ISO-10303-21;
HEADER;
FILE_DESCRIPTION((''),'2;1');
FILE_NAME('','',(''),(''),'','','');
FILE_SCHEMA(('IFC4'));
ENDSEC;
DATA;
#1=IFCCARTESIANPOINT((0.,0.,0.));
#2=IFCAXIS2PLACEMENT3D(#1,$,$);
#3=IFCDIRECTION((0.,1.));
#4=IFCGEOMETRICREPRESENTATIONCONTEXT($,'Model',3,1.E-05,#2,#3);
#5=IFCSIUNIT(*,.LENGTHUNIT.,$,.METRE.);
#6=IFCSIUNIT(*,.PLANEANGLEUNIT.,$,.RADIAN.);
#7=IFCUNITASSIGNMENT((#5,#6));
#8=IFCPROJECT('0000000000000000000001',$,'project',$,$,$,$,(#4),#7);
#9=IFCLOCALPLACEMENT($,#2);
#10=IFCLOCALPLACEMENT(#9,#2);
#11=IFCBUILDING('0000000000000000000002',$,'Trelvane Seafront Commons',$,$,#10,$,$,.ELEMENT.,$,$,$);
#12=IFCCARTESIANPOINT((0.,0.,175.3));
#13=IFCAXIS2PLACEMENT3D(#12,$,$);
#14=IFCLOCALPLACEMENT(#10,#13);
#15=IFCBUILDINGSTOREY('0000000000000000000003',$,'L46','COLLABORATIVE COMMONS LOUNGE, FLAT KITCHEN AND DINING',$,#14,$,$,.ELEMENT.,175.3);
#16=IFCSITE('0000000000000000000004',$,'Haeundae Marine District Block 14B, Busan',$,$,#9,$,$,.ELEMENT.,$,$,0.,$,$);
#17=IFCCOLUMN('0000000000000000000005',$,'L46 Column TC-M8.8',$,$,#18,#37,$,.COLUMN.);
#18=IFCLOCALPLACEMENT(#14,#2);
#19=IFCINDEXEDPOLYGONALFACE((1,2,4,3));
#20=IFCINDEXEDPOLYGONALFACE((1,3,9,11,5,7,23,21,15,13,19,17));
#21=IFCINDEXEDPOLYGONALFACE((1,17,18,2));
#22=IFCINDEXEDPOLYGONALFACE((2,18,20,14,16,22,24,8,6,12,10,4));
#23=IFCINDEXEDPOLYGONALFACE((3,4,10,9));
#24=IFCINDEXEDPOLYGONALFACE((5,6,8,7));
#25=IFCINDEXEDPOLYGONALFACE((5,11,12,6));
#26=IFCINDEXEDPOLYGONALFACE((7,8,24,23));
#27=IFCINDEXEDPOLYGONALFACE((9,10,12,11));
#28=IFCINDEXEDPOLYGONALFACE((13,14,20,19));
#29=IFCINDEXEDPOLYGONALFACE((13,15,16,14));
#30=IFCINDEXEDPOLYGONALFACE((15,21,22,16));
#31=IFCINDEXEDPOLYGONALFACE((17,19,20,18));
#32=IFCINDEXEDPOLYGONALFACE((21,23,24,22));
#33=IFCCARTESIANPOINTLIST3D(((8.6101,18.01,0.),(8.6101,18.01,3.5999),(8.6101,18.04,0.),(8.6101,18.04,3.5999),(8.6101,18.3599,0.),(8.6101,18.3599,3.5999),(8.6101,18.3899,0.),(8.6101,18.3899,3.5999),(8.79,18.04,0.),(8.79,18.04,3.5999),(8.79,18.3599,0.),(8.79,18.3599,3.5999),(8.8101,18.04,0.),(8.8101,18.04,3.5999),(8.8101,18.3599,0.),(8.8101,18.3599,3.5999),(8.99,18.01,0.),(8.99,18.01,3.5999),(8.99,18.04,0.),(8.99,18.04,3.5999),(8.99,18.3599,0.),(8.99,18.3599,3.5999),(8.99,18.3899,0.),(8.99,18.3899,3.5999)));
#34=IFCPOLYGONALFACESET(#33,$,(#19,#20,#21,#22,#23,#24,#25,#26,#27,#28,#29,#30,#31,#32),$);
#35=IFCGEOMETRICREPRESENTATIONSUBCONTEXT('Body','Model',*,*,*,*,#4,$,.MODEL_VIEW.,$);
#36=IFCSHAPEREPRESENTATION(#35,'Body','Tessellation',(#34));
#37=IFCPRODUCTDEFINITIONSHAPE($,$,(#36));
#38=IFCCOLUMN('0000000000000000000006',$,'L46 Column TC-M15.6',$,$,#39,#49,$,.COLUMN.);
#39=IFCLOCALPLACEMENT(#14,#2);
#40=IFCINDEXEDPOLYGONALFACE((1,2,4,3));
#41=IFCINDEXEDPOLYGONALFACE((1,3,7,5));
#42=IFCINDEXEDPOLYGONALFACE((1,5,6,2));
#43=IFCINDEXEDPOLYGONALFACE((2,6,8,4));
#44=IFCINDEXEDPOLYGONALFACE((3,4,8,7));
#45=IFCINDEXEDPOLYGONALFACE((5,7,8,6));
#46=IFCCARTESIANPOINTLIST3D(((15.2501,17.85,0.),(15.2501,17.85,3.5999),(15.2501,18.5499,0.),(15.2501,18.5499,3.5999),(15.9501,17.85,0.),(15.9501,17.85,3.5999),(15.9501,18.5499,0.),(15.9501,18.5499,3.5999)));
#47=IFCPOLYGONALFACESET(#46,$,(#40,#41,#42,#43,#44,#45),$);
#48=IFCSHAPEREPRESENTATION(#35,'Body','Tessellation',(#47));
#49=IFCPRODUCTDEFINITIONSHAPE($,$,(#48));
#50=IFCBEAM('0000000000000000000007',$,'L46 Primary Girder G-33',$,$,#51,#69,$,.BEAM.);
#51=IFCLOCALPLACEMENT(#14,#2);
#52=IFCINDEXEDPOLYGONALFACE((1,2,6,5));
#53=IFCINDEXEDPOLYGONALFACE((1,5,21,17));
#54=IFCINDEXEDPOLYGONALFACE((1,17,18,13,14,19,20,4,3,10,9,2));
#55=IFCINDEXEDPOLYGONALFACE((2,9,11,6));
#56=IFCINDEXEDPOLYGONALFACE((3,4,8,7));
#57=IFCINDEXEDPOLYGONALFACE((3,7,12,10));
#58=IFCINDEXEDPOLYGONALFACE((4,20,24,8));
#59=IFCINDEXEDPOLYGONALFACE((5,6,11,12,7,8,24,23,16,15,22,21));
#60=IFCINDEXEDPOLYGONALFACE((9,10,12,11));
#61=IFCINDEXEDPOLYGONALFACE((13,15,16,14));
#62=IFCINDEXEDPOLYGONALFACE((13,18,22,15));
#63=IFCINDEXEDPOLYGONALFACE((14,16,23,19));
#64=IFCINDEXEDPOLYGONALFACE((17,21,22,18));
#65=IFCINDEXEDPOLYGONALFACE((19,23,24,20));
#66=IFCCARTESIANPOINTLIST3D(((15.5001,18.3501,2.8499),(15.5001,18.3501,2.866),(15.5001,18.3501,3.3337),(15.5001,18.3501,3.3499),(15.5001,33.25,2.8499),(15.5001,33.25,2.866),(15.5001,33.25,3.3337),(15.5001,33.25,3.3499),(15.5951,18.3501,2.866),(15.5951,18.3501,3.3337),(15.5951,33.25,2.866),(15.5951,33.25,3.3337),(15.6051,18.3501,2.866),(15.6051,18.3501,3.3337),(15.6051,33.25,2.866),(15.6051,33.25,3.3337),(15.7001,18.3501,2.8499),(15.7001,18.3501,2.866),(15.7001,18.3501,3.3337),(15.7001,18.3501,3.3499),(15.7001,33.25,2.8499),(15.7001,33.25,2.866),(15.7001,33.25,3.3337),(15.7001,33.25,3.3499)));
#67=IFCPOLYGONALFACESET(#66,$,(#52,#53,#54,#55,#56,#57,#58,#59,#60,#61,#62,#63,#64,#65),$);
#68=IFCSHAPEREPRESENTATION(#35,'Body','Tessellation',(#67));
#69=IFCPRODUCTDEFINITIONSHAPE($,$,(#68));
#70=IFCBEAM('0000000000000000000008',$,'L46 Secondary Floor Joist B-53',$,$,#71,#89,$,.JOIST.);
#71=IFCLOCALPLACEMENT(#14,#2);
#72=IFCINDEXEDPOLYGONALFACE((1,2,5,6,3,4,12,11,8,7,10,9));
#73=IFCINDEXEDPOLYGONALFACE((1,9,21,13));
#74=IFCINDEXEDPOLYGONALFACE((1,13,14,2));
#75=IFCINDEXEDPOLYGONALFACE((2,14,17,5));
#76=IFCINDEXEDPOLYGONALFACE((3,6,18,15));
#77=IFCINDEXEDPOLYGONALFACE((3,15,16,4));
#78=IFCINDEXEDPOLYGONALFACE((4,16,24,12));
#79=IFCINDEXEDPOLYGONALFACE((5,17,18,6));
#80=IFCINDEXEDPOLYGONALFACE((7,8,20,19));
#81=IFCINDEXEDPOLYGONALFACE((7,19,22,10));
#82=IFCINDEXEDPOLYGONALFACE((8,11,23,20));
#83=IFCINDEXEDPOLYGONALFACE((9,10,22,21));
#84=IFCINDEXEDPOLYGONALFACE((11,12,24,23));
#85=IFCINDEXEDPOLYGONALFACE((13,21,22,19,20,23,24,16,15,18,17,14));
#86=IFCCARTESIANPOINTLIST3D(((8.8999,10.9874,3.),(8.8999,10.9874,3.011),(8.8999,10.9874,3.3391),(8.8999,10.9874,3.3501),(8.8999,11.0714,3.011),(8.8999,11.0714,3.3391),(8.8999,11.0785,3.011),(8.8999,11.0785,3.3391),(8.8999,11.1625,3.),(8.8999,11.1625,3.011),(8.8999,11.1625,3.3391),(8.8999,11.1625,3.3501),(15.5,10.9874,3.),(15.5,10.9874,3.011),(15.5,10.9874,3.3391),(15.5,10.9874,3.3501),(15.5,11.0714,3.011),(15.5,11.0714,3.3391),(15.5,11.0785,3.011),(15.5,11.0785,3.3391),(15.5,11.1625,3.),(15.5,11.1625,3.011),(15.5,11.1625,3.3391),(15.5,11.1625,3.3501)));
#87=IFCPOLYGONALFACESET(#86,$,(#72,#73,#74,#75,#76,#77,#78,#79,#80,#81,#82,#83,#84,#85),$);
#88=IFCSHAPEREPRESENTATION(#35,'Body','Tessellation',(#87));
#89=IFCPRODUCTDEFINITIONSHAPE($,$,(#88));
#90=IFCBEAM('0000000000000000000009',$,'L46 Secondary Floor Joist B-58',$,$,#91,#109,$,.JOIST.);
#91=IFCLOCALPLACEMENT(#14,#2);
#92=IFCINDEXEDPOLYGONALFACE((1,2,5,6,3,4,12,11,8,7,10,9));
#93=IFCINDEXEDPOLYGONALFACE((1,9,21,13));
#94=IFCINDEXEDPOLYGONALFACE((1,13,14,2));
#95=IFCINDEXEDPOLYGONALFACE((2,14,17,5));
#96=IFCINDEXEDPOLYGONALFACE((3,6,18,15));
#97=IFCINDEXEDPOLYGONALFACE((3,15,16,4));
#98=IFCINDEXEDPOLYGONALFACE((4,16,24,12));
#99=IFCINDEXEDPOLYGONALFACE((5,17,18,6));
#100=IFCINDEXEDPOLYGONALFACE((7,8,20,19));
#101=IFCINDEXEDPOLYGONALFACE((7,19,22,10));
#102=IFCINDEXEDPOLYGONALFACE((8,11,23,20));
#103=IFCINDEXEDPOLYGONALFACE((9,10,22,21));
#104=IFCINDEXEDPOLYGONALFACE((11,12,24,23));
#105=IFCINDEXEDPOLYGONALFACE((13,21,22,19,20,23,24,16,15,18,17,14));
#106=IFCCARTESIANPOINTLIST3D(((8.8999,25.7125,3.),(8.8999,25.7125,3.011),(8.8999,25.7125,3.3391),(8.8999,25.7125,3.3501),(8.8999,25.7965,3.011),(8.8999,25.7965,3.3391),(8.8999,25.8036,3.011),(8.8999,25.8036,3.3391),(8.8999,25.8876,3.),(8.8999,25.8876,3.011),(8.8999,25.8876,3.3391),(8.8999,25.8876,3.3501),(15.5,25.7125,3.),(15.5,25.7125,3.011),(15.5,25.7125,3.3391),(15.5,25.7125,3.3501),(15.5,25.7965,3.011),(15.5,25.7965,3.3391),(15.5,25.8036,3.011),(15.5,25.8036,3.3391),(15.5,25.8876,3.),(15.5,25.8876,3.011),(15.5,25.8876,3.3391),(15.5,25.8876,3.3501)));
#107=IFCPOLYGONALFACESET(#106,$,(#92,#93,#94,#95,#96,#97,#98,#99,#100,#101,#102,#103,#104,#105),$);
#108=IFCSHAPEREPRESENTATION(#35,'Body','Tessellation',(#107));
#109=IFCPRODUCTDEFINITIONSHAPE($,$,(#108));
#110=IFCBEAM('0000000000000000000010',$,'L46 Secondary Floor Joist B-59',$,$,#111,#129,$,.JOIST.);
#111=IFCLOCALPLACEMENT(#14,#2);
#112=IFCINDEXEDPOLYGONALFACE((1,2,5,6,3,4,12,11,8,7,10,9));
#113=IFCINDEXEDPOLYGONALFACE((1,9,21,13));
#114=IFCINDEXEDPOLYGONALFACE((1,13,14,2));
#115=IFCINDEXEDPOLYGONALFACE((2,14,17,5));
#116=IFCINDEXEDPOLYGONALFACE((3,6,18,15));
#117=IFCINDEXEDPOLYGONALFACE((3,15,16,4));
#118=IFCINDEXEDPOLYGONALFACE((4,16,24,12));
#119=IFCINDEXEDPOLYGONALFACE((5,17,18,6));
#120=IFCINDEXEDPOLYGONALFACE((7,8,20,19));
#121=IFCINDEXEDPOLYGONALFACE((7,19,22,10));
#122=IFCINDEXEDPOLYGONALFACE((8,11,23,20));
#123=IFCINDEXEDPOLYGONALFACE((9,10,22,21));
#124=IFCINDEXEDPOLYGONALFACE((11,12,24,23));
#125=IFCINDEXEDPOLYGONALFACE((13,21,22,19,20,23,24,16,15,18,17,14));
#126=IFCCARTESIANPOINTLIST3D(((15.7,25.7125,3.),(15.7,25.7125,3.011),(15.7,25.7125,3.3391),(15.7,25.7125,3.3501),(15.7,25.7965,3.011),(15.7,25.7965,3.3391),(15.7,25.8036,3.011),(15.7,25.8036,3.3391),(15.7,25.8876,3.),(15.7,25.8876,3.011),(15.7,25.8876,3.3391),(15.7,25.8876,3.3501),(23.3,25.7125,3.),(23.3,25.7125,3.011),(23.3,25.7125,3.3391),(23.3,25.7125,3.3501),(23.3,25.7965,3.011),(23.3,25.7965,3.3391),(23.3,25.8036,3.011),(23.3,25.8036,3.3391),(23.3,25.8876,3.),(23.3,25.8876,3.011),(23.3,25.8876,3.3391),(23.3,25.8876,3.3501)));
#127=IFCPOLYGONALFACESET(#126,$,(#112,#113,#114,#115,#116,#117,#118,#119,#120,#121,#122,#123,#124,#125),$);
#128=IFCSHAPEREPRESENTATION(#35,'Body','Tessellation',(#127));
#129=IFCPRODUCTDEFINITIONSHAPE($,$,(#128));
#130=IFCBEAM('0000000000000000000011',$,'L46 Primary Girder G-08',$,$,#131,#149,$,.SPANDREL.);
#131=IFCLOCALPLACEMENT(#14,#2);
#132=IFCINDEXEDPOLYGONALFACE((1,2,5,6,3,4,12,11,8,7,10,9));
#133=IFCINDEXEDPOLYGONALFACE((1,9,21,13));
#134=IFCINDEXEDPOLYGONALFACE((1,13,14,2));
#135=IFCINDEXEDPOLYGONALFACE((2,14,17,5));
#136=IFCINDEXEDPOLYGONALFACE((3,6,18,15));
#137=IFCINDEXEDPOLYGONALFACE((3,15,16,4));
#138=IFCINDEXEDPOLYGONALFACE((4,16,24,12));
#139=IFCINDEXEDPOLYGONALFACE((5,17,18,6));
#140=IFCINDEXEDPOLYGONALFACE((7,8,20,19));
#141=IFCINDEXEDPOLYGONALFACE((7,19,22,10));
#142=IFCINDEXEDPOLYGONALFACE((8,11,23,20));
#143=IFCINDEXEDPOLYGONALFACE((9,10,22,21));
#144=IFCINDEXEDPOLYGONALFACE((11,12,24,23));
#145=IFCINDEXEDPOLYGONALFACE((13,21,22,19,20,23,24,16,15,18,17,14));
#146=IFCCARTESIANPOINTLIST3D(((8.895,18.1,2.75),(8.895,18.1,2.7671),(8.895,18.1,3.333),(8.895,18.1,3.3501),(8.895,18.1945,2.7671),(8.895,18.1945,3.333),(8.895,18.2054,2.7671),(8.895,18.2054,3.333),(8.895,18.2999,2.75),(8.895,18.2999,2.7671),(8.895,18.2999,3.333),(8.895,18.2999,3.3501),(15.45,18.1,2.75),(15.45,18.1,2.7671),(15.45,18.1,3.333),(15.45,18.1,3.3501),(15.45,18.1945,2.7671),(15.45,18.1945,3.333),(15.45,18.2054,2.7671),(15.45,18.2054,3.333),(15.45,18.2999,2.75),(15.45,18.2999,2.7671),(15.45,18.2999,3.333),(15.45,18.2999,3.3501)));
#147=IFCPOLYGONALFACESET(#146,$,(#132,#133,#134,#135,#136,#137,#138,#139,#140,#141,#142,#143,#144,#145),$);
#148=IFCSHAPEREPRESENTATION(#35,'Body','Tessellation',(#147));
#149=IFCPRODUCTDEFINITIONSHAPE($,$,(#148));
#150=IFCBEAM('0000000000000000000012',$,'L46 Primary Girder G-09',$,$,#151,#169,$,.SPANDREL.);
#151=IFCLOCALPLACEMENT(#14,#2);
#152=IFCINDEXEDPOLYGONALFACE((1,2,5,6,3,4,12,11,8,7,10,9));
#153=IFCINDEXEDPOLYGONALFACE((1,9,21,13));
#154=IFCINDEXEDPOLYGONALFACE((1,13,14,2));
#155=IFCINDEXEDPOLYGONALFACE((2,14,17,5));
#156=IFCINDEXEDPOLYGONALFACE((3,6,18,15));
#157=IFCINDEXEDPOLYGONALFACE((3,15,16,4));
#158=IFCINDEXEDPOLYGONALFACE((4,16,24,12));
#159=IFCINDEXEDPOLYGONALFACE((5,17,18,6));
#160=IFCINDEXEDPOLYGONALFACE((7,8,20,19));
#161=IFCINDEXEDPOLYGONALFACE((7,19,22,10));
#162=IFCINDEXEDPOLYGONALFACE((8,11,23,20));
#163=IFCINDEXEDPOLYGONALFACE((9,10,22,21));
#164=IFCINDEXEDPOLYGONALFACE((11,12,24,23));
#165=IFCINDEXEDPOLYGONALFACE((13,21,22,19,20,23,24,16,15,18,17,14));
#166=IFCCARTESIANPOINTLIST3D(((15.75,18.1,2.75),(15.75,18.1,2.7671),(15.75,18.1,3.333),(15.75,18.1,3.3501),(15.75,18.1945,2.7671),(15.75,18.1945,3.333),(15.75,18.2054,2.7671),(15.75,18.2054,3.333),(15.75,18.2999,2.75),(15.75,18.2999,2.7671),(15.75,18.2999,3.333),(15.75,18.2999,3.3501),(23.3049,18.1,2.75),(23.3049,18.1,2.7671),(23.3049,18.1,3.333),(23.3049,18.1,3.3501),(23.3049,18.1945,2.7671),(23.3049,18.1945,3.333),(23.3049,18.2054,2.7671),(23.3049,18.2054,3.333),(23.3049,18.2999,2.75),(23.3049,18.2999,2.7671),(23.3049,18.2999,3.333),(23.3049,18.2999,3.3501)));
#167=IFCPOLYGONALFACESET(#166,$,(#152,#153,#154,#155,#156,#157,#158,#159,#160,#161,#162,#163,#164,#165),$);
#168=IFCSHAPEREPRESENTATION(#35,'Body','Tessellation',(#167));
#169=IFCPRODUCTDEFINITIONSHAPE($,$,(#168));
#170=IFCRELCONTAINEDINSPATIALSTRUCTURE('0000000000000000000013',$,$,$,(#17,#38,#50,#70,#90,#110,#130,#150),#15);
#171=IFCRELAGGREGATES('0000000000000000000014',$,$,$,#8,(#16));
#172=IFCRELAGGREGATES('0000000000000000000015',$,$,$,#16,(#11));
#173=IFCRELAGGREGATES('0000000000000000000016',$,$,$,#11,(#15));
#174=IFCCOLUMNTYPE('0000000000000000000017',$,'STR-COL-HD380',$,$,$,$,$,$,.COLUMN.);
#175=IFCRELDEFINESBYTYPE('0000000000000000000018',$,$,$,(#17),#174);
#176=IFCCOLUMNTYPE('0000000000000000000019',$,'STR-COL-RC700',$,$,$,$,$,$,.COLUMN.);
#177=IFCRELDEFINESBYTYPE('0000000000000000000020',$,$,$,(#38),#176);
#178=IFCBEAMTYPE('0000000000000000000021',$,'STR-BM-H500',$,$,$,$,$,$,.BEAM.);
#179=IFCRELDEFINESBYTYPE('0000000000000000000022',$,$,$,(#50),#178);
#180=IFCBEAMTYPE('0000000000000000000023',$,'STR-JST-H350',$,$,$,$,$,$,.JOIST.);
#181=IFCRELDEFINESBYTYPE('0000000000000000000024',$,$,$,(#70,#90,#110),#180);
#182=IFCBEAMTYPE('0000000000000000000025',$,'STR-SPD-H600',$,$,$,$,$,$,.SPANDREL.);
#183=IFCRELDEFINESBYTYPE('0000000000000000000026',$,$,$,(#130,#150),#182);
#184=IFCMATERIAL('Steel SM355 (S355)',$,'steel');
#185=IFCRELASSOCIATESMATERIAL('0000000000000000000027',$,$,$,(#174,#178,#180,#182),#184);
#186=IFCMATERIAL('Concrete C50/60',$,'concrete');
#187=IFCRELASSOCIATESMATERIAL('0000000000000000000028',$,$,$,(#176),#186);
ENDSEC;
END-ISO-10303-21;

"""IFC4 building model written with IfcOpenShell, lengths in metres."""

from ifc_helpers import new_model, si_unit, direction, frame, origin, origin_2d, place, context, subcontext, project, spatial, rectangle, i_section, extrude, source, transform, mapped, material, material_profile, profile_set, type_object, element, save


model = new_model("IFC4")

# Units and contexts
model_context = context("Model", 3, precision=1e-05, world=origin(), true_north=direction((0.0, 1.0)))
body_context = subcontext(model_context, "Body", "Model", "MODEL_VIEW")
ifc_project = project(units=[si_unit("LENGTHUNIT", "METRE"), si_unit("PLANEANGLEUNIT", "RADIAN")], contexts=[model_context])

# Site, building, storey
site_placement = place(None, origin())
site = spatial("IfcSite", under=ifc_project, at=site_placement, Name="Haeundae Marine District Block 14B, Busan", CompositionType="ELEMENT", RefElevation=0.0)
building_placement = place(site_placement, origin())
building = spatial("IfcBuilding", under=site, at=building_placement, Name="Trelvane Seafront Commons", CompositionType="ELEMENT")
storey_placement = place(building_placement, frame((0.0, 0.0, 175.3)))
storey = spatial("IfcBuildingStorey", under=building, at=storey_placement, Name="L46", Description="COLLABORATIVE COMMONS LOUNGE, FLAT KITCHEN AND DINING", CompositionType="ELEMENT", Elevation=175.3)

# Columns
ifc_material_1 = material(Name="Steel SM355 (S355)", Category="steel")
ifc_material_profile_1 = material_profile(ifc_material_1, i_section(OverallWidth=0.3799, OverallDepth=0.3799, WebThickness=0.02, FlangeThickness=0.03, at=origin_2d()), Name="HD-380x380x20x30")
ifc_profile_set_1 = profile_set([ifc_material_profile_1], Name="Steel SM355 (S355)")
column_type_1 = type_object("IfcColumnType", Name="STR-COL-HD380", PredefinedType="COLUMN", material=ifc_profile_set_1)
shared_shape_1 = source(origin(), body_context, "Body", "SweptSolid", [
    extrude(i_section(OverallWidth=0.3799, OverallDepth=0.3799, WebThickness=0.02, FlangeThickness=0.03, at=origin_2d()), origin(), (0.0, 0.0, 1.0), 3.5999),
])
column_1_placement = place(storey_placement, frame((8.8, 18.2, 0.0), z_axis=(0.0, 0.0, 1.0), x_axis=(1.0, 0.0, 0.0)))
element("IfcColumn", 1, at=column_1_placement, inside=storey, type_object=column_type_1, Name="L46 Column TC-M8.8", PredefinedType="COLUMN", context=body_context, shape_type="MappedRepresentation", body=[
    mapped(shared_shape_1, transform((0.0, 0.0, 0.0), x_axis=(1.0, 0.0, 0.0), y_axis=(0.0, 1.0, 0.0), z_axis=(0.0, 0.0, 1.0), scale=1.0)),
])
ifc_material_2 = material(Name="Concrete C50/60", Category="concrete")
ifc_material_profile_2 = material_profile(ifc_material_2, rectangle(XDim=0.7, YDim=0.7, at=origin_2d()), Name="RC-700x700")
ifc_profile_set_2 = profile_set([ifc_material_profile_2], Name="Concrete C50/60")
column_type_2 = type_object("IfcColumnType", Name="STR-COL-RC700", PredefinedType="COLUMN", material=ifc_profile_set_2)
shared_shape_2 = source(origin(), body_context, "Body", "SweptSolid", [
    extrude(rectangle(XDim=0.7, YDim=0.7, at=origin_2d()), origin(), (0.0, 0.0, 1.0), 3.5999),
])
column_2_placement = place(storey_placement, frame((15.6001, 18.2, 0.0), z_axis=(0.0, 0.0, 1.0), x_axis=(1.0, 0.0, 0.0)))
element("IfcColumn", 2, at=column_2_placement, inside=storey, type_object=column_type_2, Name="L46 Column TC-M15.6", PredefinedType="COLUMN", context=body_context, shape_type="MappedRepresentation", body=[
    mapped(shared_shape_2, transform((0.0, 0.0, 0.0), x_axis=(1.0, 0.0, 0.0), y_axis=(0.0, 1.0, 0.0), z_axis=(0.0, 0.0, 1.0), scale=1.0)),
])

# Beams
ifc_material_profile_3 = material_profile(ifc_material_1, i_section(OverallWidth=0.2, OverallDepth=0.5, WebThickness=0.01, FlangeThickness=0.0161, at=origin_2d()), Name="H-500x200x10x16")
ifc_profile_set_3 = profile_set([ifc_material_profile_3], Name="Steel SM355 (S355)")
beam_type_1 = type_object("IfcBeamType", Name="STR-BM-H500", PredefinedType="BEAM", material=ifc_profile_set_3)
shared_shape_3 = source(origin(), body_context, "Body", "SweptSolid", [
    extrude(i_section(OverallWidth=0.2, OverallDepth=0.5, WebThickness=0.01, FlangeThickness=0.0161, at=origin_2d()), origin(), (0.0, 0.0, 1.0), 14.8999),
])
beam_1_placement = place(storey_placement, frame((15.6001, 18.3501, 3.0999), z_axis=(0.0, 1.0, 0.0), x_axis=(-1.0, 0.0, 0.0)))
element("IfcBeam", 3, at=beam_1_placement, inside=storey, type_object=beam_type_1, Name="L46 Primary Girder G-33", PredefinedType="BEAM", context=body_context, shape_type="MappedRepresentation", body=[
    mapped(shared_shape_3, transform((0.0, 0.0, 0.0), x_axis=(1.0, 0.0, 0.0), y_axis=(0.0, 1.0, 0.0), z_axis=(0.0, 0.0, 1.0), scale=1.0)),
])
ifc_material_profile_4 = material_profile(ifc_material_1, i_section(OverallWidth=0.175, OverallDepth=0.3501, WebThickness=0.0071, FlangeThickness=0.011, at=origin_2d()), Name="H-350x175x7x11")
ifc_profile_set_4 = profile_set([ifc_material_profile_4], Name="Steel SM355 (S355)")
beam_type_2 = type_object("IfcBeamType", Name="STR-JST-H350", PredefinedType="JOIST", material=ifc_profile_set_4)
shared_shape_4 = source(origin(), body_context, "Body", "SweptSolid", [
    extrude(i_section(OverallWidth=0.175, OverallDepth=0.3501, WebThickness=0.0071, FlangeThickness=0.011, at=origin_2d()), origin(), (0.0, 0.0, 1.0), 6.6001),
])
for number, where, z_axis, x_axis, name in (
    (4, (8.8999, 11.075, 3.175), (1.0, 0.0, 0.0), (0.0, 1.0, 0.0), "L46 Secondary Floor Joist B-53"),
    (5, (8.8999, 25.8, 3.175), (1.0, 0.0, 0.0), (0.0, 1.0, 0.0), "L46 Secondary Floor Joist B-58"),
):
    element("IfcBeam", number, at=place(storey_placement, frame(where, z_axis=z_axis, x_axis=x_axis)), inside=storey, type_object=beam_type_2, Name=name, PredefinedType="JOIST", context=body_context, shape_type="MappedRepresentation", body=[
        mapped(shared_shape_4, transform((0.0, 0.0, 0.0), x_axis=(1.0, 0.0, 0.0), y_axis=(0.0, 1.0, 0.0), z_axis=(0.0, 0.0, 1.0), scale=1.0)),
    ])
shared_shape_5 = source(origin(), body_context, "Body", "SweptSolid", [
    extrude(i_section(OverallWidth=0.175, OverallDepth=0.3501, WebThickness=0.0071, FlangeThickness=0.011, at=origin_2d()), origin(), (0.0, 0.0, 1.0), 7.6001),
])
beam_2_placement = place(storey_placement, frame((15.7, 25.8, 3.175), z_axis=(1.0, 0.0, 0.0), x_axis=(0.0, 1.0, 0.0)))
element("IfcBeam", 6, at=beam_2_placement, inside=storey, type_object=beam_type_2, Name="L46 Secondary Floor Joist B-59", PredefinedType="JOIST", context=body_context, shape_type="MappedRepresentation", body=[
    mapped(shared_shape_5, transform((0.0, 0.0, 0.0), x_axis=(1.0, 0.0, 0.0), y_axis=(0.0, 1.0, 0.0), z_axis=(0.0, 0.0, 1.0), scale=1.0)),
])
ifc_material_profile_5 = material_profile(ifc_material_1, i_section(OverallWidth=0.2, OverallDepth=0.6001, WebThickness=0.011, FlangeThickness=0.0171, at=origin_2d()), Name="H-600x200x11x17")
ifc_profile_set_5 = profile_set([ifc_material_profile_5], Name="Steel SM355 (S355)")
beam_type_3 = type_object("IfcBeamType", Name="STR-SPD-H600", PredefinedType="SPANDREL", material=ifc_profile_set_5)
shared_shape_6 = source(origin(), body_context, "Body", "SweptSolid", [
    extrude(i_section(OverallWidth=0.2, OverallDepth=0.6001, WebThickness=0.011, FlangeThickness=0.0171, at=origin_2d()), origin(), (0.0, 0.0, 1.0), 6.5549),
])
beam_3_placement = place(storey_placement, frame((8.895, 18.2, 3.05), z_axis=(1.0, 0.0, 0.0), x_axis=(0.0, 1.0, 0.0)))
element("IfcBeam", 7, at=beam_3_placement, inside=storey, type_object=beam_type_3, Name="L46 Primary Girder G-08", PredefinedType="SPANDREL", context=body_context, shape_type="MappedRepresentation", body=[
    mapped(shared_shape_6, transform((0.0, 0.0, 0.0), x_axis=(1.0, 0.0, 0.0), y_axis=(0.0, 1.0, 0.0), z_axis=(0.0, 0.0, 1.0), scale=1.0)),
])
shared_shape_7 = source(origin(), body_context, "Body", "SweptSolid", [
    extrude(i_section(OverallWidth=0.2, OverallDepth=0.6001, WebThickness=0.011, FlangeThickness=0.0171, at=origin_2d()), origin(), (0.0, 0.0, 1.0), 7.5549),
])
beam_4_placement = place(storey_placement, frame((15.75, 18.2, 3.05), z_axis=(1.0, 0.0, 0.0), x_axis=(0.0, 1.0, 0.0)))
element("IfcBeam", 8, at=beam_4_placement, inside=storey, type_object=beam_type_3, Name="L46 Primary Girder G-09", PredefinedType="SPANDREL", context=body_context, shape_type="MappedRepresentation", body=[
    mapped(shared_shape_7, transform((0.0, 0.0, 0.0), x_axis=(1.0, 0.0, 0.0), y_axis=(0.0, 1.0, 0.0), z_axis=(0.0, 0.0, 1.0), scale=1.0)),
])

save(model, "model.ifc")
